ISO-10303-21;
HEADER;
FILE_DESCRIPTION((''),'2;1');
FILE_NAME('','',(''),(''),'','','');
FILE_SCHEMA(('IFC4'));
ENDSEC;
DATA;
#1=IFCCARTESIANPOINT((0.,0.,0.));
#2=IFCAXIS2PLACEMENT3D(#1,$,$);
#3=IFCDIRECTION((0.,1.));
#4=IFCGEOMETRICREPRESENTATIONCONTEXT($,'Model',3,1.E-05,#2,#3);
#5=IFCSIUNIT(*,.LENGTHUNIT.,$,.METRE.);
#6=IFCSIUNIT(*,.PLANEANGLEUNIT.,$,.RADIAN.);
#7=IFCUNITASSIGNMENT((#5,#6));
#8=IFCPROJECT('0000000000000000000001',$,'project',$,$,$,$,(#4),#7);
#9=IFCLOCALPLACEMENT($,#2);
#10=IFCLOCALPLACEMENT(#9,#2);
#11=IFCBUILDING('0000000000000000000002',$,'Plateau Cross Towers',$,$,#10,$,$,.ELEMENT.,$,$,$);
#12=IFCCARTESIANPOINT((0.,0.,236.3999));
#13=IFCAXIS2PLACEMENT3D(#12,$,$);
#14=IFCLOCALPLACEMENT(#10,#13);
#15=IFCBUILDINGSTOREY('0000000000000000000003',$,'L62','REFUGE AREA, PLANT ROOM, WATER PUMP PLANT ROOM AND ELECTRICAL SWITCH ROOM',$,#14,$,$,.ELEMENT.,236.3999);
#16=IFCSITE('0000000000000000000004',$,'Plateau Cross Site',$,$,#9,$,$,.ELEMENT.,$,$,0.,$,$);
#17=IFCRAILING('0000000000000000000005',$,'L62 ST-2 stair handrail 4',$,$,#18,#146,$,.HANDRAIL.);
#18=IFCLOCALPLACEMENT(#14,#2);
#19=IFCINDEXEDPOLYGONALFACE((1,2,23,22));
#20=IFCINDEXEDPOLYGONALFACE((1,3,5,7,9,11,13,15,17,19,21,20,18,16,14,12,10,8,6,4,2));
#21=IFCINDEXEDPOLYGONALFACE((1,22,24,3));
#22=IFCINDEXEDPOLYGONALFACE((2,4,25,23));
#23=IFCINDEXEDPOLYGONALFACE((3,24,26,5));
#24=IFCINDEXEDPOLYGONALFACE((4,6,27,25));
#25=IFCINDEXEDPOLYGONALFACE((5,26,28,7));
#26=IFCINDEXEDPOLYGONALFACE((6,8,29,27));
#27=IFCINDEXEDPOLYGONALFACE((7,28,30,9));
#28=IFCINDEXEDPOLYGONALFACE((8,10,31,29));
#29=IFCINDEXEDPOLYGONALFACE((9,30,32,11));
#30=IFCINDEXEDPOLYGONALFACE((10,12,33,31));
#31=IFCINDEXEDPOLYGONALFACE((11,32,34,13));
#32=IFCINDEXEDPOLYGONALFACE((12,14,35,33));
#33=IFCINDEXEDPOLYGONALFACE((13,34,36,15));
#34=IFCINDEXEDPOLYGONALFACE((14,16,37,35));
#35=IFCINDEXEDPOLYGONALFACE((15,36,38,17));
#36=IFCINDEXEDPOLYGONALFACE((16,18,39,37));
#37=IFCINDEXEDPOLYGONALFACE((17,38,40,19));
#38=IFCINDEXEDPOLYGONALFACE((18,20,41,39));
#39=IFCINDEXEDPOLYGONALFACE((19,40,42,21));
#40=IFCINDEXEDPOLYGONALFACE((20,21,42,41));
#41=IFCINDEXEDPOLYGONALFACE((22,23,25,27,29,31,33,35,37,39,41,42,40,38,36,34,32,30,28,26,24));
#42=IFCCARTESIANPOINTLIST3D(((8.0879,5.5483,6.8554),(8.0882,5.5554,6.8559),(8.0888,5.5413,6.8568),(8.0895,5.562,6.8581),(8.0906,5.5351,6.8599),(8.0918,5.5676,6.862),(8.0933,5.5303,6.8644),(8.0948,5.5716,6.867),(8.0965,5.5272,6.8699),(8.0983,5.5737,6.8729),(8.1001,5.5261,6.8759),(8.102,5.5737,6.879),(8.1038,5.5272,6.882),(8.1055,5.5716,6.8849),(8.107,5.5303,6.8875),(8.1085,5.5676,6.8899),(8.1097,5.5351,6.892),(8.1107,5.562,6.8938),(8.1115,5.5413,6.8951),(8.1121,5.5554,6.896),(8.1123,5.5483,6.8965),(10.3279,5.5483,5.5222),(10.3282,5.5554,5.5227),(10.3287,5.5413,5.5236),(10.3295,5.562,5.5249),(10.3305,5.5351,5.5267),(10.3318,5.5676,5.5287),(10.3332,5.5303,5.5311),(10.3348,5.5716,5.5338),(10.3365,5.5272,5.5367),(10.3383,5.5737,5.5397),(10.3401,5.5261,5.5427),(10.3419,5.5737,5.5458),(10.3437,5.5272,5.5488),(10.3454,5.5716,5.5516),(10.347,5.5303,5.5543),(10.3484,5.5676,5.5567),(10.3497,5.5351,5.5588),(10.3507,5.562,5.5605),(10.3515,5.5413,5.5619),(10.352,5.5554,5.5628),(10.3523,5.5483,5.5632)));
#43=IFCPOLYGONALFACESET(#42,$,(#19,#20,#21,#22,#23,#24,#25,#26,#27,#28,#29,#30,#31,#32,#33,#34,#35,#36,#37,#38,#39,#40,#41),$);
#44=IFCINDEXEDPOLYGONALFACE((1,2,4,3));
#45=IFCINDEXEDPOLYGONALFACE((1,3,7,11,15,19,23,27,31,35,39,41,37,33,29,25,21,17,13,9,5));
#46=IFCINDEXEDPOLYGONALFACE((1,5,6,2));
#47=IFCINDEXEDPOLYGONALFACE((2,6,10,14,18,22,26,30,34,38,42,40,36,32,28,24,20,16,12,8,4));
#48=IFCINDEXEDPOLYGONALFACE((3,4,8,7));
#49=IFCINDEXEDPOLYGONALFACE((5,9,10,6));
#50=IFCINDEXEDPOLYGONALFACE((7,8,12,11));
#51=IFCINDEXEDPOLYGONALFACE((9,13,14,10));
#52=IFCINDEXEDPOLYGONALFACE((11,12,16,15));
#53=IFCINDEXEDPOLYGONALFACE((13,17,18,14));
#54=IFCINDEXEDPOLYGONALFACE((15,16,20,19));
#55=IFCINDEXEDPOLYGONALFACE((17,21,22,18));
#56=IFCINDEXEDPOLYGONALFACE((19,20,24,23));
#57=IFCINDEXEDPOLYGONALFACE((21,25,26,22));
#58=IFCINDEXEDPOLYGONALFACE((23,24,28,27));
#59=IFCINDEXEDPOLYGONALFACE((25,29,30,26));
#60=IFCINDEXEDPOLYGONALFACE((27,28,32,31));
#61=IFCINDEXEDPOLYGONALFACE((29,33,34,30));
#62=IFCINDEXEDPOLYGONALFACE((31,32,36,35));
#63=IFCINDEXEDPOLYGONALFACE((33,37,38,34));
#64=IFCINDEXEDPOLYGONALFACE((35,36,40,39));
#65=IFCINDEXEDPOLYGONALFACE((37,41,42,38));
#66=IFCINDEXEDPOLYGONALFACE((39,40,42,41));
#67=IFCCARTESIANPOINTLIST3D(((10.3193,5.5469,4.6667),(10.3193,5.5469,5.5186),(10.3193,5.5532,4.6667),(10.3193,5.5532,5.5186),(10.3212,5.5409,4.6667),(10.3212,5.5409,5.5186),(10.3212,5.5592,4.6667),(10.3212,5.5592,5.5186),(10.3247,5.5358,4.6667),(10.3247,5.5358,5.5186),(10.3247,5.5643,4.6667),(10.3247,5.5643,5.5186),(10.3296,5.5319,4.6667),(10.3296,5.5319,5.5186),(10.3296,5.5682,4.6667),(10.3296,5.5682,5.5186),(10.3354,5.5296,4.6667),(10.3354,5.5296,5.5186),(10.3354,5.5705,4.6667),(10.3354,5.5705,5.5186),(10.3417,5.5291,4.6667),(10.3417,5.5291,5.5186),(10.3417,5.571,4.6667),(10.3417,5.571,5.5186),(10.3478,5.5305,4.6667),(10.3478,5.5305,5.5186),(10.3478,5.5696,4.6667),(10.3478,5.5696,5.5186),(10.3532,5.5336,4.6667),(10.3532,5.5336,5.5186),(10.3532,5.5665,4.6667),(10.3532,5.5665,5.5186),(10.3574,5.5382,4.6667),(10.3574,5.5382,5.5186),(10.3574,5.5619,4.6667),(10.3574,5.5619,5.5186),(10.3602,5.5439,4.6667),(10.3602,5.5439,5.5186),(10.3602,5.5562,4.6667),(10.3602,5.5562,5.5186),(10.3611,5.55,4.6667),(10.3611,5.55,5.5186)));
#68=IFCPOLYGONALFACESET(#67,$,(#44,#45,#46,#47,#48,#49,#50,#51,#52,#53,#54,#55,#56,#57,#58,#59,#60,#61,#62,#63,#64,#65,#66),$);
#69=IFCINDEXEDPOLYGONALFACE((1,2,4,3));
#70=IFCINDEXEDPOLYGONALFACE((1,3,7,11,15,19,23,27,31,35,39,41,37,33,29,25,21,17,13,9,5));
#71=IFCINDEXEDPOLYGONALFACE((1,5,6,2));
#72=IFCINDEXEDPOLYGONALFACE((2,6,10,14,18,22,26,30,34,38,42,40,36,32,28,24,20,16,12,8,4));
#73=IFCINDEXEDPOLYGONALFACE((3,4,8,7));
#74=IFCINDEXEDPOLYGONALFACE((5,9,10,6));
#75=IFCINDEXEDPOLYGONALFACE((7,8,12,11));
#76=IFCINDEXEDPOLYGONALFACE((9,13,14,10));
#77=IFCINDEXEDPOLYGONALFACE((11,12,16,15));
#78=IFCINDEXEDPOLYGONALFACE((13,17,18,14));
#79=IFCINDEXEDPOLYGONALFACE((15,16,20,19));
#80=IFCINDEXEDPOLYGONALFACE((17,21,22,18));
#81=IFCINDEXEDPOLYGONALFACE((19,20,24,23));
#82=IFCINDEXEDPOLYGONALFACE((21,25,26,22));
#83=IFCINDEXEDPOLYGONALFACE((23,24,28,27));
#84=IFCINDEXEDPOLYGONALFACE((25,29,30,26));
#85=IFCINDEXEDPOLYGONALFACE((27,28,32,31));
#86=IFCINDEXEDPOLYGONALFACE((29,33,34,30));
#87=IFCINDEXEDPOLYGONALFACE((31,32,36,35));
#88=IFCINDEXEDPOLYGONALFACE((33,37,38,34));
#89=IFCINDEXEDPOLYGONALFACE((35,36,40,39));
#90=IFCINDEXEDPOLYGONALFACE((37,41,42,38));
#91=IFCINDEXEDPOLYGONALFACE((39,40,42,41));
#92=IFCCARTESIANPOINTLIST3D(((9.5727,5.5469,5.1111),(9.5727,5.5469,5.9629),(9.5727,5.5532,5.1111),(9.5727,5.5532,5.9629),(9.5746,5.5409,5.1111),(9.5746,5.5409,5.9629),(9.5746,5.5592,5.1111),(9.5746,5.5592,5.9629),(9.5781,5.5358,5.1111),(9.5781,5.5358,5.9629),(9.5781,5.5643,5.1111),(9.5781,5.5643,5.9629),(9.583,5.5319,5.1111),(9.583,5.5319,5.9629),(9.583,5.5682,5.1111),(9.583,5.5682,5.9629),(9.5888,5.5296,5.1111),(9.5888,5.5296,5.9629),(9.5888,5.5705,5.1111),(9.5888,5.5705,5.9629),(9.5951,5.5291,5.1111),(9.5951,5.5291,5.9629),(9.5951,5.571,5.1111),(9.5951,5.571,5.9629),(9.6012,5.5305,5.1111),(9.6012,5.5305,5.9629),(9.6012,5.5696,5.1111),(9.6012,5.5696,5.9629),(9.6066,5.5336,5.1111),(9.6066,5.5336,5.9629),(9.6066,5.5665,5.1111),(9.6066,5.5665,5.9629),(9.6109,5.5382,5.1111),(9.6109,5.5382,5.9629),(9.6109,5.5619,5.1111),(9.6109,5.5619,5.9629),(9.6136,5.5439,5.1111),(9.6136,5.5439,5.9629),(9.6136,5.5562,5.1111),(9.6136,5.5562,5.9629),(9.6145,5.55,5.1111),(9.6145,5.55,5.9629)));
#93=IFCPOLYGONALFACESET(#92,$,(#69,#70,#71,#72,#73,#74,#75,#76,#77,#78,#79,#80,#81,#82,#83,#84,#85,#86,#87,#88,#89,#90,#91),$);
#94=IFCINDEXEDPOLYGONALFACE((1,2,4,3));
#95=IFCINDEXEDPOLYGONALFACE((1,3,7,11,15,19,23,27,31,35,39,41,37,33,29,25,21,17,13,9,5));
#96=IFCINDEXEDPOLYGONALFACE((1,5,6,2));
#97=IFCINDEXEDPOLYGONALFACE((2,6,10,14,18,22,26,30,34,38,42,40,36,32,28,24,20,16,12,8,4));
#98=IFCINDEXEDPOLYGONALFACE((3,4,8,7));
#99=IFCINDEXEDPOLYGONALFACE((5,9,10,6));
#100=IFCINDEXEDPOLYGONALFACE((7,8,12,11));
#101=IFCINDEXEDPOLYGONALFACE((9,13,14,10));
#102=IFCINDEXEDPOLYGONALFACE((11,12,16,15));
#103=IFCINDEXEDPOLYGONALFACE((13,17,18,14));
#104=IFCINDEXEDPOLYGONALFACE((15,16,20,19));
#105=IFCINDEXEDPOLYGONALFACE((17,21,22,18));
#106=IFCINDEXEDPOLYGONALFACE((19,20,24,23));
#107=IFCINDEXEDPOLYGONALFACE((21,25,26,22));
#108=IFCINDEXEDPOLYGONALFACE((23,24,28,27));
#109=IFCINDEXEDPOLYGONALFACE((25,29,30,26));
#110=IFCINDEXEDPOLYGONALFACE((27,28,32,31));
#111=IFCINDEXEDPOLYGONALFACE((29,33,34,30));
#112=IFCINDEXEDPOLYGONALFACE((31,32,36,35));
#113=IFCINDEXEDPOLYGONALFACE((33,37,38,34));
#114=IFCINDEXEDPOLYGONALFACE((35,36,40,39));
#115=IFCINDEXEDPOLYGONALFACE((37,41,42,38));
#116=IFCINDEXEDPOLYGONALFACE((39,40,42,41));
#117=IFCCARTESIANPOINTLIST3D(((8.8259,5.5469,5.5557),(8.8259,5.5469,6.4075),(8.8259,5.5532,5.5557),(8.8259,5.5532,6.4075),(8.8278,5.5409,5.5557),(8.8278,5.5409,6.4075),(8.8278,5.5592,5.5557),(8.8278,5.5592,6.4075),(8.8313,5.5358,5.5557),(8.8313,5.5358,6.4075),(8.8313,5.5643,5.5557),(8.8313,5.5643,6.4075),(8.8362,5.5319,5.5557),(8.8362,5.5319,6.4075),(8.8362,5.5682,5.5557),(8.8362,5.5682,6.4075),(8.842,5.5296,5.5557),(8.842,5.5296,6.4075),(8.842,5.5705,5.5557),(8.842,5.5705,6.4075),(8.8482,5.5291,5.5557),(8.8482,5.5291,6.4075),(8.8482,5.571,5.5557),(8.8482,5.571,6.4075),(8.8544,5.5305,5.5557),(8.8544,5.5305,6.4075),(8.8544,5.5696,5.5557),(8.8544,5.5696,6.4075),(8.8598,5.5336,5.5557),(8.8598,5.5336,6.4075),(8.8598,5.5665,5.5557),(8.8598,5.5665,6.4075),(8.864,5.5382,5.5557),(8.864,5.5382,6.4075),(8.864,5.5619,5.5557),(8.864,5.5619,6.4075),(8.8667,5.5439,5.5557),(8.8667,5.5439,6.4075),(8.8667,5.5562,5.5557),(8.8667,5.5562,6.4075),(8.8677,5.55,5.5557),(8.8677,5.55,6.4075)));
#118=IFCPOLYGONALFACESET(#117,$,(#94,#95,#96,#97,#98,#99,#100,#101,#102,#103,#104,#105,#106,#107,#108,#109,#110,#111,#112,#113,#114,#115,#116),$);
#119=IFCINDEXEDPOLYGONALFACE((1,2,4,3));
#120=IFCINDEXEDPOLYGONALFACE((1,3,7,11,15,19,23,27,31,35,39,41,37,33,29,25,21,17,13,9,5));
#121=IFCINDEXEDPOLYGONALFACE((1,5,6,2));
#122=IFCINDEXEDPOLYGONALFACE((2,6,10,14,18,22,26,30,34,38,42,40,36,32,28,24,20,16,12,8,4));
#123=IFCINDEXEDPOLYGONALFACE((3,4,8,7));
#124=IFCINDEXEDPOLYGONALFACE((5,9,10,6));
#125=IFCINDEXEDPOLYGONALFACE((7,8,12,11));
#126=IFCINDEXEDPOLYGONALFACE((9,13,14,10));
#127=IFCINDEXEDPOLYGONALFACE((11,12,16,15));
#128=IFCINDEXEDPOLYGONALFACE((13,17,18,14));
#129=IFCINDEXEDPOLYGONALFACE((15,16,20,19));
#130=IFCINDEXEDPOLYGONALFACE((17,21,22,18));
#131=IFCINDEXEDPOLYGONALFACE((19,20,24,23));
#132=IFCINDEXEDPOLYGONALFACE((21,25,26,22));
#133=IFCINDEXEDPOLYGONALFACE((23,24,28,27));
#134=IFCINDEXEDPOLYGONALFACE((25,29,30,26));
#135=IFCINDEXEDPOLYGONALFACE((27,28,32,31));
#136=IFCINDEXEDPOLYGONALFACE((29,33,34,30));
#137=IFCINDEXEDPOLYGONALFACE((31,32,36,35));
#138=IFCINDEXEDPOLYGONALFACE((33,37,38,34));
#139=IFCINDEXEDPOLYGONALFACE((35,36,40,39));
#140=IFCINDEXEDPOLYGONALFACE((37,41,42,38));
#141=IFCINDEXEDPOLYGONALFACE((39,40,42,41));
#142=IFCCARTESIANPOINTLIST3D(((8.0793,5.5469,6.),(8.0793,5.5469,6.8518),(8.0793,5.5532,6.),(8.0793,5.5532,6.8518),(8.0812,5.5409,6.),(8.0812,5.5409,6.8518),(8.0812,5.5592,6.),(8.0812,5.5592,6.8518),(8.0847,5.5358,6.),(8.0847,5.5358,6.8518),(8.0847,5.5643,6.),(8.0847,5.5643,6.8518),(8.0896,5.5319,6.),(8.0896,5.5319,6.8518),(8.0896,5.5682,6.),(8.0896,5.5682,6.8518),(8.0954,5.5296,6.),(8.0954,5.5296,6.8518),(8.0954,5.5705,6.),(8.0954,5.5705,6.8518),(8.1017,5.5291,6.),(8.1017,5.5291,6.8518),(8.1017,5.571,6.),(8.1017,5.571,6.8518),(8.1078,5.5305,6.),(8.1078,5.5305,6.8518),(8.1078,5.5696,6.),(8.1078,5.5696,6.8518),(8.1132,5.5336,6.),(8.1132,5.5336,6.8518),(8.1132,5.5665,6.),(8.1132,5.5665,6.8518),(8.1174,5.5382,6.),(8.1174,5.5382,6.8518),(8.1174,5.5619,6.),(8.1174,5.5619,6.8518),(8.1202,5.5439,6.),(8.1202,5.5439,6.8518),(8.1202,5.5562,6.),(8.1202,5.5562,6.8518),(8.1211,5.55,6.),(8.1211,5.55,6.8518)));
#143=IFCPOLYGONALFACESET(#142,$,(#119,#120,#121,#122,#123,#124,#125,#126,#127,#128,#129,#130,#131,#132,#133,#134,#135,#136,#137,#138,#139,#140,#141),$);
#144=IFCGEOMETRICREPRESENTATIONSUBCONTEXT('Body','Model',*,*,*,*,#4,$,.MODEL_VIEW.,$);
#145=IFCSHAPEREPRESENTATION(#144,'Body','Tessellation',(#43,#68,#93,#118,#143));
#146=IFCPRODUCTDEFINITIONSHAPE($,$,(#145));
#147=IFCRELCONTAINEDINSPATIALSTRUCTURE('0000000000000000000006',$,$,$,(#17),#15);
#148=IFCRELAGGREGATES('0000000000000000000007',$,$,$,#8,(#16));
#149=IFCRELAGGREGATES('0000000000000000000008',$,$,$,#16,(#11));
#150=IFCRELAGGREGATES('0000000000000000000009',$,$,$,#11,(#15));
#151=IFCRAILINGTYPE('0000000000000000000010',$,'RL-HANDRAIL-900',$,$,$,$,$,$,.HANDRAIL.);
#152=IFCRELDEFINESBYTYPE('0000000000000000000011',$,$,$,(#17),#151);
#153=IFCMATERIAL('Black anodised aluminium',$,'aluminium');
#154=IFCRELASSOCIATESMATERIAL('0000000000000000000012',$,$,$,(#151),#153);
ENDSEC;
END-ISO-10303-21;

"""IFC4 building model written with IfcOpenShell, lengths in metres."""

from ifc_helpers import new_model, si_unit, direction, frame, origin, origin_2d, place, context, subcontext, project, spatial, circle, extrude, material, type_object, element, save


model = new_model("IFC4")

# Units and contexts
model_context = context("Model", 3, precision=1e-05, world=origin(), true_north=direction((0.0, 1.0)))
body_context = subcontext(model_context, "Body", "Model", "MODEL_VIEW")
ifc_project = project(units=[si_unit("LENGTHUNIT", "METRE"), si_unit("PLANEANGLEUNIT", "RADIAN")], contexts=[model_context])

# Site, building, storey
site_placement = place(None, origin())
site = spatial("IfcSite", under=ifc_project, at=site_placement, Name="Plateau Cross Site", CompositionType="ELEMENT", RefElevation=0.0)
building_placement = place(site_placement, origin())
building = spatial("IfcBuilding", under=site, at=building_placement, Name="Plateau Cross Towers", CompositionType="ELEMENT")
storey_placement = place(building_placement, frame((0.0, 0.0, 236.3999)))
storey = spatial("IfcBuildingStorey", under=building, at=storey_placement, Name="L62", Description="REFUGE AREA, PLANT ROOM, WATER PUMP PLANT ROOM AND ELECTRICAL SWITCH ROOM", CompositionType="ELEMENT", Elevation=236.3999)

# Shared definitions
ifc_material_1 = material(Name="Black anodised aluminium", Category="aluminium")

# Railing
railing_type_1 = type_object("IfcRailingType", Name="RL-HANDRAIL-900", PredefinedType="HANDRAIL", material=ifc_material_1)
railing_1_placement = place(storey_placement, frame((10.3401, 5.55, 4.6667)))
element("IfcRailing", 1, at=railing_1_placement, inside=storey, type_object=railing_type_1, Name="L62 ST-2 stair handrail 4", PredefinedType="HANDRAIL", context=body_context, shape_type="SweptSolid", body=[
    extrude(circle(Radius=0.0239, at=origin_2d()), frame((0.0, 0.0, 0.876), z_axis=(-0.859306, 0.0, 0.511462), x_axis=(0.0, -1.0, 0.0)), (0.0, 0.0, 1.0), 2.6067),
    extrude(circle(Radius=0.021, at=origin_2d()), origin(), (0.0, 0.0, 1.0), 0.8518),
    extrude(circle(Radius=0.021, at=origin_2d()), frame((-0.7466, 0.0, 0.4443)), (0.0, 0.0, 1.0), 0.8518),
    extrude(circle(Radius=0.021, at=origin_2d()), frame((-1.4934, 0.0, 0.8889)), (0.0, 0.0, 1.0), 0.8518),
    extrude(circle(Radius=0.021, at=origin_2d()), frame((-2.24, 0.0, 1.3333)), (0.0, 0.0, 1.0), 0.8518),
])

save(model, "model.ifc")
